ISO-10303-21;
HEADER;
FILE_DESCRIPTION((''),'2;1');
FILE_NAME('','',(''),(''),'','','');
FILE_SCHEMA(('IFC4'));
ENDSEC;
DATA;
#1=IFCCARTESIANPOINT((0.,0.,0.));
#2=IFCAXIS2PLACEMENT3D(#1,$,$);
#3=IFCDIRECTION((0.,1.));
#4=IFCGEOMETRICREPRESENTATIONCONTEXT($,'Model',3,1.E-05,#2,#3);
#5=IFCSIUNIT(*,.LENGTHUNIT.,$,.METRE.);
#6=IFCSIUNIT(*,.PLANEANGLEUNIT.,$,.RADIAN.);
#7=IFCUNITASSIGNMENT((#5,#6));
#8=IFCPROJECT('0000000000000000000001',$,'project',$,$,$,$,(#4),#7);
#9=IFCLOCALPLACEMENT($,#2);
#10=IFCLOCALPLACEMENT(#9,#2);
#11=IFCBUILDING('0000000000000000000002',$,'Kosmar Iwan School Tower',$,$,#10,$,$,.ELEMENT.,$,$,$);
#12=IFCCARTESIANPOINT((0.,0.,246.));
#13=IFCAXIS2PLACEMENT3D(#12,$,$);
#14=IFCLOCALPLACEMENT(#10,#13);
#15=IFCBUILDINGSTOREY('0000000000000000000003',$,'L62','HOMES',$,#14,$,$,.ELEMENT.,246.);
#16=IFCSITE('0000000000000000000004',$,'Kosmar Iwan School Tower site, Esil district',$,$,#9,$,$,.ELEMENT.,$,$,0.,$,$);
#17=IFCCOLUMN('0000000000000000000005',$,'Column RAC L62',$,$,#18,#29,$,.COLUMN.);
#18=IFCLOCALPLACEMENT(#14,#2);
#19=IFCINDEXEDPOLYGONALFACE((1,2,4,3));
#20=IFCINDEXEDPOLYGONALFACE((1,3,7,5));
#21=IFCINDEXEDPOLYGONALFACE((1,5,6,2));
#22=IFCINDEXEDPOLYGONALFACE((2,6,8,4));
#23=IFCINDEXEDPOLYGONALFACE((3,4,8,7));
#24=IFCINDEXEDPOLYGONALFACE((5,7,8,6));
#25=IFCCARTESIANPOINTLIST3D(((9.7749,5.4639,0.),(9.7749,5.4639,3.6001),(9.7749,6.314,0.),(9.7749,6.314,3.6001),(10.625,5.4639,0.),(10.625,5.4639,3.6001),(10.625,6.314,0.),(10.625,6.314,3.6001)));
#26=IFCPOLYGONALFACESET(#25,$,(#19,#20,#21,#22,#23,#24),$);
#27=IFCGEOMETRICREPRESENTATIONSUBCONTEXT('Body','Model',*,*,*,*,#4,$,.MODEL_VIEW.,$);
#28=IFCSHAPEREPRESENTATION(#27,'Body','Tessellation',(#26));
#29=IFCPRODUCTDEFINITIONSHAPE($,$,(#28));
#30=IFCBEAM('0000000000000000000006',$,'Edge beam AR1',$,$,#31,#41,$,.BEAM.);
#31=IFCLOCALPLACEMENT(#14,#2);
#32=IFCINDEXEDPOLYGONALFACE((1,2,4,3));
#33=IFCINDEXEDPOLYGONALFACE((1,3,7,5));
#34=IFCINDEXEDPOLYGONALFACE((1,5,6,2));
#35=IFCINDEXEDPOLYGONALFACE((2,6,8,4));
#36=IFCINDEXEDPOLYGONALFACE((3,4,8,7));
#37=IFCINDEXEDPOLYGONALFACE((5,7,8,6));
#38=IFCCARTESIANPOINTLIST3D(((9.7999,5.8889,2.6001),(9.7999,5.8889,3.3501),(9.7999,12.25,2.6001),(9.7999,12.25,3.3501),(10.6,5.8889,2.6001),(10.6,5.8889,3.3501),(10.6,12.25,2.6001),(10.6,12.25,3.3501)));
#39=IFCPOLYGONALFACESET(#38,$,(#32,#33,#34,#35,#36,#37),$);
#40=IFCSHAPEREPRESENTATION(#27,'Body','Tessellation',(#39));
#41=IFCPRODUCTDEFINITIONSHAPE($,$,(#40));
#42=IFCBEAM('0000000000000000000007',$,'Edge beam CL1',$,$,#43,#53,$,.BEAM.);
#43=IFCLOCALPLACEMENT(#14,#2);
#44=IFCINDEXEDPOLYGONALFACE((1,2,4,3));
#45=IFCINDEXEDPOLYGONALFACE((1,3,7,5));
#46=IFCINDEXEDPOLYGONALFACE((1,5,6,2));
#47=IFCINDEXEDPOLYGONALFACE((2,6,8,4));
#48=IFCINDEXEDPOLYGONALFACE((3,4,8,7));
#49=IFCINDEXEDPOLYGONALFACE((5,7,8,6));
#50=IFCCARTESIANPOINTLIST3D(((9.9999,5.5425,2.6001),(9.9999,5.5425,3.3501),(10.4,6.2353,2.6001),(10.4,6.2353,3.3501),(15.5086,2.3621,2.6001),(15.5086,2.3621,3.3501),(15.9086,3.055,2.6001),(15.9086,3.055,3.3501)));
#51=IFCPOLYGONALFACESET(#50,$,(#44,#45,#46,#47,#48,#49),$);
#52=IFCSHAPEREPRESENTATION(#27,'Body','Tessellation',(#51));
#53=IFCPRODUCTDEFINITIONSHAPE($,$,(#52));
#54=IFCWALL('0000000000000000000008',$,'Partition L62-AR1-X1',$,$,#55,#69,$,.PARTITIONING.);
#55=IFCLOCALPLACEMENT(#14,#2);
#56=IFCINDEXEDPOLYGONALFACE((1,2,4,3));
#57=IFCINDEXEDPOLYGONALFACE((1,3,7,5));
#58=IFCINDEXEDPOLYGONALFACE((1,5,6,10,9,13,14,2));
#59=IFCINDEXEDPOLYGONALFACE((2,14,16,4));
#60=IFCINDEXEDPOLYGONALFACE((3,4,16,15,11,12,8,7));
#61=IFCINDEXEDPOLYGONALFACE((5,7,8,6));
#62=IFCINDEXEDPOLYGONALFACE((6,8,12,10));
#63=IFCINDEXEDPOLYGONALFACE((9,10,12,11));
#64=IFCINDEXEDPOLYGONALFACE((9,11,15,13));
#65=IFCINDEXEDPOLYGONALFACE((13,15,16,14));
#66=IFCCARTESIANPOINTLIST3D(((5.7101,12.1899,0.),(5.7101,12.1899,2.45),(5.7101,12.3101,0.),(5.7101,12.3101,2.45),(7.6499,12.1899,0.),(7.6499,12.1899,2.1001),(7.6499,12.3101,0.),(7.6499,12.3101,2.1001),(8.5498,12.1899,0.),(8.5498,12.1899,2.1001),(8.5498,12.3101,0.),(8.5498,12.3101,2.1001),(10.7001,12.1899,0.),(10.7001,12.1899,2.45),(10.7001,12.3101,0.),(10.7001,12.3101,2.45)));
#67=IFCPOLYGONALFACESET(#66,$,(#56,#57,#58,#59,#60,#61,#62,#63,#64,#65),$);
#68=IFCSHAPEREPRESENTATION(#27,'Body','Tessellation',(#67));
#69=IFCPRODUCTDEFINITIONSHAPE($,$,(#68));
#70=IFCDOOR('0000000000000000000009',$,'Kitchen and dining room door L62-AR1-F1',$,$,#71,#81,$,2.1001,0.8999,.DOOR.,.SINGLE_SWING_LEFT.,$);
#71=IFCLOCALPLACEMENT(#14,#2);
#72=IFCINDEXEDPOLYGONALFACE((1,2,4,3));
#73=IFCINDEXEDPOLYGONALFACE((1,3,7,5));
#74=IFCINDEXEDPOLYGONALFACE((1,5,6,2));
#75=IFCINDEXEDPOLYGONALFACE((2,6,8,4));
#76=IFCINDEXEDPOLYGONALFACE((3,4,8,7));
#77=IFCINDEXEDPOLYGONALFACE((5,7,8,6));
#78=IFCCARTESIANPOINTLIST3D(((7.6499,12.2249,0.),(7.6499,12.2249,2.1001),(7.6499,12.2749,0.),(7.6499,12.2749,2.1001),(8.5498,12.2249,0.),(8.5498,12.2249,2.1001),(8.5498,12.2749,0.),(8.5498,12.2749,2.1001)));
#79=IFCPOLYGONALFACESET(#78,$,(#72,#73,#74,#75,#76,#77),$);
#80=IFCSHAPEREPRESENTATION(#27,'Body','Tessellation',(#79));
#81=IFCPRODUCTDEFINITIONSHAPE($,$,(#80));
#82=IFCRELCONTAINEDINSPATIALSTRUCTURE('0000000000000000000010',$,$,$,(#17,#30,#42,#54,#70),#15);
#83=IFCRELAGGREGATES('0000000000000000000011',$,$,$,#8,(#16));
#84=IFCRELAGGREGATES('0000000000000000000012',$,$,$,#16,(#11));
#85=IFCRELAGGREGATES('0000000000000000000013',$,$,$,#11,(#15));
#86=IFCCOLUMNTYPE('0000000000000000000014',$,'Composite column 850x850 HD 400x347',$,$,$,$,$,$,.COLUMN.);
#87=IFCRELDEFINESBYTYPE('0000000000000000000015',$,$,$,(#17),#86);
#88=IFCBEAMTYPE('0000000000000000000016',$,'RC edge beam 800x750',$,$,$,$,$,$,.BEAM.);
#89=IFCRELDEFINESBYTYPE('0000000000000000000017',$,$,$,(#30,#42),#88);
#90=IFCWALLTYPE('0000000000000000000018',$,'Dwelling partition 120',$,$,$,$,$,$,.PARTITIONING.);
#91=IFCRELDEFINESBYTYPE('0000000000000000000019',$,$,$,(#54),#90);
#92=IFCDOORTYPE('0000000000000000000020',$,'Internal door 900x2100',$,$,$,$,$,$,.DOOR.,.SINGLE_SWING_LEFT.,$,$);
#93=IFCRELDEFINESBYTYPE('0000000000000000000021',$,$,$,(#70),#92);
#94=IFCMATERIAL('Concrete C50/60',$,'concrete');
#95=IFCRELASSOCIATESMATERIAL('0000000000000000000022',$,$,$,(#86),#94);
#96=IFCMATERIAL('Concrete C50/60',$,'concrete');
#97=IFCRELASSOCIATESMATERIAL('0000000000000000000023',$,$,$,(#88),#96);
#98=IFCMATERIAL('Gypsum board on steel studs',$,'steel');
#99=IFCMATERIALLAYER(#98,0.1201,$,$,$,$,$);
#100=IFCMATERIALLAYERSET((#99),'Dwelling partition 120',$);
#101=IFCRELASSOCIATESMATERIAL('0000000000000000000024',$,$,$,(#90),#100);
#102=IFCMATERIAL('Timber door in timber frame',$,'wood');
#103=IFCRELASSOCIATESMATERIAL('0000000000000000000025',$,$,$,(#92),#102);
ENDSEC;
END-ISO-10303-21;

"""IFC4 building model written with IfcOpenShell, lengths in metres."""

from ifc_helpers import new_model, si_unit, direction, frame, frame_2d, origin, origin_2d, place, context, subcontext, project, spatial, rectangle, extrude, material, layer, layer_set, material_profile, profile_set, type_object, element, fill, save


model = new_model("IFC4")

# Units and contexts
model_context = context("Model", 3, precision=1e-05, world=origin(), true_north=direction((0.0, 1.0)))
body_context = subcontext(model_context, "Body", "Model", "MODEL_VIEW")
ifc_project = project(units=[si_unit("LENGTHUNIT", "METRE"), si_unit("PLANEANGLEUNIT", "RADIAN")], contexts=[model_context])

# Site, building, storey
site_placement = place(None, origin())
site = spatial("IfcSite", under=ifc_project, at=site_placement, Name="Kosmar Iwan School Tower site, Esil district", CompositionType="ELEMENT", RefElevation=0.0)
building_placement = place(site_placement, origin())
building = spatial("IfcBuilding", under=site, at=building_placement, Name="Kosmar Iwan School Tower", CompositionType="ELEMENT")
storey_placement = place(building_placement, frame((0.0, 0.0, 246.0)))
storey = spatial("IfcBuildingStorey", under=building, at=storey_placement, Name="L62", Description="HOMES", CompositionType="ELEMENT", Elevation=246.0)

# Column
ifc_material_1 = material(Name="Concrete C50/60", Category="concrete")
ifc_material_profile_1 = material_profile(ifc_material_1, rectangle(XDim=0.8501, YDim=0.8501, at=origin_2d()), Name="RC 850x850 + HD 400x347")
ifc_profile_set_1 = profile_set([ifc_material_profile_1], Name="Concrete C50/60")
column_type = type_object("IfcColumnType", Name="Composite column 850x850 HD 400x347", PredefinedType="COLUMN", material=ifc_profile_set_1)
column_placement = place(storey_placement, frame((10.2, 5.8889, 0.0), z_axis=(0.0, 0.0, 1.0), x_axis=(1.0, 0.0, 0.0)))
element("IfcColumn", 1, at=column_placement, inside=storey, type_object=column_type, Name="Column RAC L62", PredefinedType="COLUMN", context=body_context, shape_type="SweptSolid", body=[
    extrude(rectangle(XDim=0.8501, YDim=0.8501, at=origin_2d()), origin(), (0.0, 0.0, 1.0), 3.6001),
])

# Beams
ifc_material_2 = material(Name="Concrete C50/60", Category="concrete")
ifc_material_profile_2 = material_profile(ifc_material_2, rectangle(XDim=0.8, YDim=0.75, at=origin_2d()), Name="RC 800x750")
ifc_profile_set_2 = profile_set([ifc_material_profile_2], Name="Concrete C50/60")
beam_type = type_object("IfcBeamType", Name="RC edge beam 800x750", PredefinedType="BEAM", material=ifc_profile_set_2)
beam_1_placement = place(storey_placement, frame((10.2, 5.8889, 2.9751), z_axis=(0.0, 1.0, 0.0), x_axis=(-1.0, 0.0, 0.0)))
element("IfcBeam", 2, at=beam_1_placement, inside=storey, type_object=beam_type, Name="Edge beam AR1", PredefinedType="BEAM", context=body_context, shape_type="SweptSolid", body=[
    extrude(rectangle(XDim=0.8, YDim=0.75, at=origin_2d()), origin(), (0.0, 0.0, 1.0), 6.3611),
])
beam_2_placement = place(storey_placement, frame((10.2, 5.8889, 2.9751), z_axis=(0.866031, -0.49999, 0.0), x_axis=(0.49999, 0.866031, 0.0)))
element("IfcBeam", 3, at=beam_2_placement, inside=storey, type_object=beam_type, Name="Edge beam CL1", PredefinedType="BEAM", context=body_context, shape_type="SweptSolid", body=[
    extrude(rectangle(XDim=0.8, YDim=0.75, at=origin_2d()), origin(), (0.0, 0.0, 1.0), 6.3608),
])

# Wall, opening, door
ifc_material_3 = material(Name="Gypsum board on steel studs", Category="steel")
ifc_layer_1 = layer(ifc_material_3, 0.1201)
ifc_layer_set_1 = layer_set([ifc_layer_1], Name="Dwelling partition 120")
wall_type_1 = type_object("IfcWallType", Name="Dwelling partition 120", PredefinedType="PARTITIONING", material=ifc_layer_set_1)
wall_1_placement = place(storey_placement, frame((5.71, 12.25, 0.0), z_axis=(0.0, 0.0, 1.0), x_axis=(1.0, 0.0, 0.0)))
wall_1 = element("IfcWall", 4, at=wall_1_placement, inside=storey, type_object=wall_type_1, Name="Partition L62-AR1-X1", PredefinedType="PARTITIONING", context=body_context, shape_type="SweptSolid", body=[
    extrude(rectangle(XDim=4.99, YDim=0.1201, at=frame_2d((2.4951, 0.0))), origin(), (0.0, 0.0, 1.0), 2.45),
])
opening_1_placement = place(wall_1_placement, frame((1.9399, 0.0, 0.0)))
opening_1 = element("IfcOpeningElement", 5, at=opening_1_placement, cuts=wall_1, PredefinedType="OPENING", context=body_context, shape_type="SweptSolid", body=[
    extrude(rectangle(XDim=0.8999, YDim=2.1001, at=frame_2d((0.45, 1.05))), frame((0.0, 0.072, 0.0), z_axis=(0.0, -1.0, 0.0), x_axis=(1.0, 0.0, 0.0)), (0.0, 0.0, 1.0), 0.144),
])
ifc_material_4 = material(Name="Timber door in timber frame", Category="wood")
door_type = type_object("IfcDoorType", Name="Internal door 900x2100", OperationType="SINGLE_SWING_LEFT", PredefinedType="DOOR", material=ifc_material_4)
door_placement = place(opening_1_placement, origin())
door = element("IfcDoor", 6, at=door_placement, inside=storey, type_object=door_type, Name="Kitchen and dining room door L62-AR1-F1", OperationType="SINGLE_SWING_LEFT", OverallHeight=2.1001, OverallWidth=0.8999, PredefinedType="DOOR", context=body_context, shape_type="SweptSolid", body=[
    extrude(rectangle(XDim=0.8999, YDim=2.1001, at=frame_2d((0.45, 1.05))), frame((0.0, 0.0249, 0.0), z_axis=(0.0, -1.0, 0.0), x_axis=(1.0, 0.0, 0.0)), (0.0, 0.0, 1.0), 0.05),
])
fill(opening_1, door)

save(model, "model.ifc")
